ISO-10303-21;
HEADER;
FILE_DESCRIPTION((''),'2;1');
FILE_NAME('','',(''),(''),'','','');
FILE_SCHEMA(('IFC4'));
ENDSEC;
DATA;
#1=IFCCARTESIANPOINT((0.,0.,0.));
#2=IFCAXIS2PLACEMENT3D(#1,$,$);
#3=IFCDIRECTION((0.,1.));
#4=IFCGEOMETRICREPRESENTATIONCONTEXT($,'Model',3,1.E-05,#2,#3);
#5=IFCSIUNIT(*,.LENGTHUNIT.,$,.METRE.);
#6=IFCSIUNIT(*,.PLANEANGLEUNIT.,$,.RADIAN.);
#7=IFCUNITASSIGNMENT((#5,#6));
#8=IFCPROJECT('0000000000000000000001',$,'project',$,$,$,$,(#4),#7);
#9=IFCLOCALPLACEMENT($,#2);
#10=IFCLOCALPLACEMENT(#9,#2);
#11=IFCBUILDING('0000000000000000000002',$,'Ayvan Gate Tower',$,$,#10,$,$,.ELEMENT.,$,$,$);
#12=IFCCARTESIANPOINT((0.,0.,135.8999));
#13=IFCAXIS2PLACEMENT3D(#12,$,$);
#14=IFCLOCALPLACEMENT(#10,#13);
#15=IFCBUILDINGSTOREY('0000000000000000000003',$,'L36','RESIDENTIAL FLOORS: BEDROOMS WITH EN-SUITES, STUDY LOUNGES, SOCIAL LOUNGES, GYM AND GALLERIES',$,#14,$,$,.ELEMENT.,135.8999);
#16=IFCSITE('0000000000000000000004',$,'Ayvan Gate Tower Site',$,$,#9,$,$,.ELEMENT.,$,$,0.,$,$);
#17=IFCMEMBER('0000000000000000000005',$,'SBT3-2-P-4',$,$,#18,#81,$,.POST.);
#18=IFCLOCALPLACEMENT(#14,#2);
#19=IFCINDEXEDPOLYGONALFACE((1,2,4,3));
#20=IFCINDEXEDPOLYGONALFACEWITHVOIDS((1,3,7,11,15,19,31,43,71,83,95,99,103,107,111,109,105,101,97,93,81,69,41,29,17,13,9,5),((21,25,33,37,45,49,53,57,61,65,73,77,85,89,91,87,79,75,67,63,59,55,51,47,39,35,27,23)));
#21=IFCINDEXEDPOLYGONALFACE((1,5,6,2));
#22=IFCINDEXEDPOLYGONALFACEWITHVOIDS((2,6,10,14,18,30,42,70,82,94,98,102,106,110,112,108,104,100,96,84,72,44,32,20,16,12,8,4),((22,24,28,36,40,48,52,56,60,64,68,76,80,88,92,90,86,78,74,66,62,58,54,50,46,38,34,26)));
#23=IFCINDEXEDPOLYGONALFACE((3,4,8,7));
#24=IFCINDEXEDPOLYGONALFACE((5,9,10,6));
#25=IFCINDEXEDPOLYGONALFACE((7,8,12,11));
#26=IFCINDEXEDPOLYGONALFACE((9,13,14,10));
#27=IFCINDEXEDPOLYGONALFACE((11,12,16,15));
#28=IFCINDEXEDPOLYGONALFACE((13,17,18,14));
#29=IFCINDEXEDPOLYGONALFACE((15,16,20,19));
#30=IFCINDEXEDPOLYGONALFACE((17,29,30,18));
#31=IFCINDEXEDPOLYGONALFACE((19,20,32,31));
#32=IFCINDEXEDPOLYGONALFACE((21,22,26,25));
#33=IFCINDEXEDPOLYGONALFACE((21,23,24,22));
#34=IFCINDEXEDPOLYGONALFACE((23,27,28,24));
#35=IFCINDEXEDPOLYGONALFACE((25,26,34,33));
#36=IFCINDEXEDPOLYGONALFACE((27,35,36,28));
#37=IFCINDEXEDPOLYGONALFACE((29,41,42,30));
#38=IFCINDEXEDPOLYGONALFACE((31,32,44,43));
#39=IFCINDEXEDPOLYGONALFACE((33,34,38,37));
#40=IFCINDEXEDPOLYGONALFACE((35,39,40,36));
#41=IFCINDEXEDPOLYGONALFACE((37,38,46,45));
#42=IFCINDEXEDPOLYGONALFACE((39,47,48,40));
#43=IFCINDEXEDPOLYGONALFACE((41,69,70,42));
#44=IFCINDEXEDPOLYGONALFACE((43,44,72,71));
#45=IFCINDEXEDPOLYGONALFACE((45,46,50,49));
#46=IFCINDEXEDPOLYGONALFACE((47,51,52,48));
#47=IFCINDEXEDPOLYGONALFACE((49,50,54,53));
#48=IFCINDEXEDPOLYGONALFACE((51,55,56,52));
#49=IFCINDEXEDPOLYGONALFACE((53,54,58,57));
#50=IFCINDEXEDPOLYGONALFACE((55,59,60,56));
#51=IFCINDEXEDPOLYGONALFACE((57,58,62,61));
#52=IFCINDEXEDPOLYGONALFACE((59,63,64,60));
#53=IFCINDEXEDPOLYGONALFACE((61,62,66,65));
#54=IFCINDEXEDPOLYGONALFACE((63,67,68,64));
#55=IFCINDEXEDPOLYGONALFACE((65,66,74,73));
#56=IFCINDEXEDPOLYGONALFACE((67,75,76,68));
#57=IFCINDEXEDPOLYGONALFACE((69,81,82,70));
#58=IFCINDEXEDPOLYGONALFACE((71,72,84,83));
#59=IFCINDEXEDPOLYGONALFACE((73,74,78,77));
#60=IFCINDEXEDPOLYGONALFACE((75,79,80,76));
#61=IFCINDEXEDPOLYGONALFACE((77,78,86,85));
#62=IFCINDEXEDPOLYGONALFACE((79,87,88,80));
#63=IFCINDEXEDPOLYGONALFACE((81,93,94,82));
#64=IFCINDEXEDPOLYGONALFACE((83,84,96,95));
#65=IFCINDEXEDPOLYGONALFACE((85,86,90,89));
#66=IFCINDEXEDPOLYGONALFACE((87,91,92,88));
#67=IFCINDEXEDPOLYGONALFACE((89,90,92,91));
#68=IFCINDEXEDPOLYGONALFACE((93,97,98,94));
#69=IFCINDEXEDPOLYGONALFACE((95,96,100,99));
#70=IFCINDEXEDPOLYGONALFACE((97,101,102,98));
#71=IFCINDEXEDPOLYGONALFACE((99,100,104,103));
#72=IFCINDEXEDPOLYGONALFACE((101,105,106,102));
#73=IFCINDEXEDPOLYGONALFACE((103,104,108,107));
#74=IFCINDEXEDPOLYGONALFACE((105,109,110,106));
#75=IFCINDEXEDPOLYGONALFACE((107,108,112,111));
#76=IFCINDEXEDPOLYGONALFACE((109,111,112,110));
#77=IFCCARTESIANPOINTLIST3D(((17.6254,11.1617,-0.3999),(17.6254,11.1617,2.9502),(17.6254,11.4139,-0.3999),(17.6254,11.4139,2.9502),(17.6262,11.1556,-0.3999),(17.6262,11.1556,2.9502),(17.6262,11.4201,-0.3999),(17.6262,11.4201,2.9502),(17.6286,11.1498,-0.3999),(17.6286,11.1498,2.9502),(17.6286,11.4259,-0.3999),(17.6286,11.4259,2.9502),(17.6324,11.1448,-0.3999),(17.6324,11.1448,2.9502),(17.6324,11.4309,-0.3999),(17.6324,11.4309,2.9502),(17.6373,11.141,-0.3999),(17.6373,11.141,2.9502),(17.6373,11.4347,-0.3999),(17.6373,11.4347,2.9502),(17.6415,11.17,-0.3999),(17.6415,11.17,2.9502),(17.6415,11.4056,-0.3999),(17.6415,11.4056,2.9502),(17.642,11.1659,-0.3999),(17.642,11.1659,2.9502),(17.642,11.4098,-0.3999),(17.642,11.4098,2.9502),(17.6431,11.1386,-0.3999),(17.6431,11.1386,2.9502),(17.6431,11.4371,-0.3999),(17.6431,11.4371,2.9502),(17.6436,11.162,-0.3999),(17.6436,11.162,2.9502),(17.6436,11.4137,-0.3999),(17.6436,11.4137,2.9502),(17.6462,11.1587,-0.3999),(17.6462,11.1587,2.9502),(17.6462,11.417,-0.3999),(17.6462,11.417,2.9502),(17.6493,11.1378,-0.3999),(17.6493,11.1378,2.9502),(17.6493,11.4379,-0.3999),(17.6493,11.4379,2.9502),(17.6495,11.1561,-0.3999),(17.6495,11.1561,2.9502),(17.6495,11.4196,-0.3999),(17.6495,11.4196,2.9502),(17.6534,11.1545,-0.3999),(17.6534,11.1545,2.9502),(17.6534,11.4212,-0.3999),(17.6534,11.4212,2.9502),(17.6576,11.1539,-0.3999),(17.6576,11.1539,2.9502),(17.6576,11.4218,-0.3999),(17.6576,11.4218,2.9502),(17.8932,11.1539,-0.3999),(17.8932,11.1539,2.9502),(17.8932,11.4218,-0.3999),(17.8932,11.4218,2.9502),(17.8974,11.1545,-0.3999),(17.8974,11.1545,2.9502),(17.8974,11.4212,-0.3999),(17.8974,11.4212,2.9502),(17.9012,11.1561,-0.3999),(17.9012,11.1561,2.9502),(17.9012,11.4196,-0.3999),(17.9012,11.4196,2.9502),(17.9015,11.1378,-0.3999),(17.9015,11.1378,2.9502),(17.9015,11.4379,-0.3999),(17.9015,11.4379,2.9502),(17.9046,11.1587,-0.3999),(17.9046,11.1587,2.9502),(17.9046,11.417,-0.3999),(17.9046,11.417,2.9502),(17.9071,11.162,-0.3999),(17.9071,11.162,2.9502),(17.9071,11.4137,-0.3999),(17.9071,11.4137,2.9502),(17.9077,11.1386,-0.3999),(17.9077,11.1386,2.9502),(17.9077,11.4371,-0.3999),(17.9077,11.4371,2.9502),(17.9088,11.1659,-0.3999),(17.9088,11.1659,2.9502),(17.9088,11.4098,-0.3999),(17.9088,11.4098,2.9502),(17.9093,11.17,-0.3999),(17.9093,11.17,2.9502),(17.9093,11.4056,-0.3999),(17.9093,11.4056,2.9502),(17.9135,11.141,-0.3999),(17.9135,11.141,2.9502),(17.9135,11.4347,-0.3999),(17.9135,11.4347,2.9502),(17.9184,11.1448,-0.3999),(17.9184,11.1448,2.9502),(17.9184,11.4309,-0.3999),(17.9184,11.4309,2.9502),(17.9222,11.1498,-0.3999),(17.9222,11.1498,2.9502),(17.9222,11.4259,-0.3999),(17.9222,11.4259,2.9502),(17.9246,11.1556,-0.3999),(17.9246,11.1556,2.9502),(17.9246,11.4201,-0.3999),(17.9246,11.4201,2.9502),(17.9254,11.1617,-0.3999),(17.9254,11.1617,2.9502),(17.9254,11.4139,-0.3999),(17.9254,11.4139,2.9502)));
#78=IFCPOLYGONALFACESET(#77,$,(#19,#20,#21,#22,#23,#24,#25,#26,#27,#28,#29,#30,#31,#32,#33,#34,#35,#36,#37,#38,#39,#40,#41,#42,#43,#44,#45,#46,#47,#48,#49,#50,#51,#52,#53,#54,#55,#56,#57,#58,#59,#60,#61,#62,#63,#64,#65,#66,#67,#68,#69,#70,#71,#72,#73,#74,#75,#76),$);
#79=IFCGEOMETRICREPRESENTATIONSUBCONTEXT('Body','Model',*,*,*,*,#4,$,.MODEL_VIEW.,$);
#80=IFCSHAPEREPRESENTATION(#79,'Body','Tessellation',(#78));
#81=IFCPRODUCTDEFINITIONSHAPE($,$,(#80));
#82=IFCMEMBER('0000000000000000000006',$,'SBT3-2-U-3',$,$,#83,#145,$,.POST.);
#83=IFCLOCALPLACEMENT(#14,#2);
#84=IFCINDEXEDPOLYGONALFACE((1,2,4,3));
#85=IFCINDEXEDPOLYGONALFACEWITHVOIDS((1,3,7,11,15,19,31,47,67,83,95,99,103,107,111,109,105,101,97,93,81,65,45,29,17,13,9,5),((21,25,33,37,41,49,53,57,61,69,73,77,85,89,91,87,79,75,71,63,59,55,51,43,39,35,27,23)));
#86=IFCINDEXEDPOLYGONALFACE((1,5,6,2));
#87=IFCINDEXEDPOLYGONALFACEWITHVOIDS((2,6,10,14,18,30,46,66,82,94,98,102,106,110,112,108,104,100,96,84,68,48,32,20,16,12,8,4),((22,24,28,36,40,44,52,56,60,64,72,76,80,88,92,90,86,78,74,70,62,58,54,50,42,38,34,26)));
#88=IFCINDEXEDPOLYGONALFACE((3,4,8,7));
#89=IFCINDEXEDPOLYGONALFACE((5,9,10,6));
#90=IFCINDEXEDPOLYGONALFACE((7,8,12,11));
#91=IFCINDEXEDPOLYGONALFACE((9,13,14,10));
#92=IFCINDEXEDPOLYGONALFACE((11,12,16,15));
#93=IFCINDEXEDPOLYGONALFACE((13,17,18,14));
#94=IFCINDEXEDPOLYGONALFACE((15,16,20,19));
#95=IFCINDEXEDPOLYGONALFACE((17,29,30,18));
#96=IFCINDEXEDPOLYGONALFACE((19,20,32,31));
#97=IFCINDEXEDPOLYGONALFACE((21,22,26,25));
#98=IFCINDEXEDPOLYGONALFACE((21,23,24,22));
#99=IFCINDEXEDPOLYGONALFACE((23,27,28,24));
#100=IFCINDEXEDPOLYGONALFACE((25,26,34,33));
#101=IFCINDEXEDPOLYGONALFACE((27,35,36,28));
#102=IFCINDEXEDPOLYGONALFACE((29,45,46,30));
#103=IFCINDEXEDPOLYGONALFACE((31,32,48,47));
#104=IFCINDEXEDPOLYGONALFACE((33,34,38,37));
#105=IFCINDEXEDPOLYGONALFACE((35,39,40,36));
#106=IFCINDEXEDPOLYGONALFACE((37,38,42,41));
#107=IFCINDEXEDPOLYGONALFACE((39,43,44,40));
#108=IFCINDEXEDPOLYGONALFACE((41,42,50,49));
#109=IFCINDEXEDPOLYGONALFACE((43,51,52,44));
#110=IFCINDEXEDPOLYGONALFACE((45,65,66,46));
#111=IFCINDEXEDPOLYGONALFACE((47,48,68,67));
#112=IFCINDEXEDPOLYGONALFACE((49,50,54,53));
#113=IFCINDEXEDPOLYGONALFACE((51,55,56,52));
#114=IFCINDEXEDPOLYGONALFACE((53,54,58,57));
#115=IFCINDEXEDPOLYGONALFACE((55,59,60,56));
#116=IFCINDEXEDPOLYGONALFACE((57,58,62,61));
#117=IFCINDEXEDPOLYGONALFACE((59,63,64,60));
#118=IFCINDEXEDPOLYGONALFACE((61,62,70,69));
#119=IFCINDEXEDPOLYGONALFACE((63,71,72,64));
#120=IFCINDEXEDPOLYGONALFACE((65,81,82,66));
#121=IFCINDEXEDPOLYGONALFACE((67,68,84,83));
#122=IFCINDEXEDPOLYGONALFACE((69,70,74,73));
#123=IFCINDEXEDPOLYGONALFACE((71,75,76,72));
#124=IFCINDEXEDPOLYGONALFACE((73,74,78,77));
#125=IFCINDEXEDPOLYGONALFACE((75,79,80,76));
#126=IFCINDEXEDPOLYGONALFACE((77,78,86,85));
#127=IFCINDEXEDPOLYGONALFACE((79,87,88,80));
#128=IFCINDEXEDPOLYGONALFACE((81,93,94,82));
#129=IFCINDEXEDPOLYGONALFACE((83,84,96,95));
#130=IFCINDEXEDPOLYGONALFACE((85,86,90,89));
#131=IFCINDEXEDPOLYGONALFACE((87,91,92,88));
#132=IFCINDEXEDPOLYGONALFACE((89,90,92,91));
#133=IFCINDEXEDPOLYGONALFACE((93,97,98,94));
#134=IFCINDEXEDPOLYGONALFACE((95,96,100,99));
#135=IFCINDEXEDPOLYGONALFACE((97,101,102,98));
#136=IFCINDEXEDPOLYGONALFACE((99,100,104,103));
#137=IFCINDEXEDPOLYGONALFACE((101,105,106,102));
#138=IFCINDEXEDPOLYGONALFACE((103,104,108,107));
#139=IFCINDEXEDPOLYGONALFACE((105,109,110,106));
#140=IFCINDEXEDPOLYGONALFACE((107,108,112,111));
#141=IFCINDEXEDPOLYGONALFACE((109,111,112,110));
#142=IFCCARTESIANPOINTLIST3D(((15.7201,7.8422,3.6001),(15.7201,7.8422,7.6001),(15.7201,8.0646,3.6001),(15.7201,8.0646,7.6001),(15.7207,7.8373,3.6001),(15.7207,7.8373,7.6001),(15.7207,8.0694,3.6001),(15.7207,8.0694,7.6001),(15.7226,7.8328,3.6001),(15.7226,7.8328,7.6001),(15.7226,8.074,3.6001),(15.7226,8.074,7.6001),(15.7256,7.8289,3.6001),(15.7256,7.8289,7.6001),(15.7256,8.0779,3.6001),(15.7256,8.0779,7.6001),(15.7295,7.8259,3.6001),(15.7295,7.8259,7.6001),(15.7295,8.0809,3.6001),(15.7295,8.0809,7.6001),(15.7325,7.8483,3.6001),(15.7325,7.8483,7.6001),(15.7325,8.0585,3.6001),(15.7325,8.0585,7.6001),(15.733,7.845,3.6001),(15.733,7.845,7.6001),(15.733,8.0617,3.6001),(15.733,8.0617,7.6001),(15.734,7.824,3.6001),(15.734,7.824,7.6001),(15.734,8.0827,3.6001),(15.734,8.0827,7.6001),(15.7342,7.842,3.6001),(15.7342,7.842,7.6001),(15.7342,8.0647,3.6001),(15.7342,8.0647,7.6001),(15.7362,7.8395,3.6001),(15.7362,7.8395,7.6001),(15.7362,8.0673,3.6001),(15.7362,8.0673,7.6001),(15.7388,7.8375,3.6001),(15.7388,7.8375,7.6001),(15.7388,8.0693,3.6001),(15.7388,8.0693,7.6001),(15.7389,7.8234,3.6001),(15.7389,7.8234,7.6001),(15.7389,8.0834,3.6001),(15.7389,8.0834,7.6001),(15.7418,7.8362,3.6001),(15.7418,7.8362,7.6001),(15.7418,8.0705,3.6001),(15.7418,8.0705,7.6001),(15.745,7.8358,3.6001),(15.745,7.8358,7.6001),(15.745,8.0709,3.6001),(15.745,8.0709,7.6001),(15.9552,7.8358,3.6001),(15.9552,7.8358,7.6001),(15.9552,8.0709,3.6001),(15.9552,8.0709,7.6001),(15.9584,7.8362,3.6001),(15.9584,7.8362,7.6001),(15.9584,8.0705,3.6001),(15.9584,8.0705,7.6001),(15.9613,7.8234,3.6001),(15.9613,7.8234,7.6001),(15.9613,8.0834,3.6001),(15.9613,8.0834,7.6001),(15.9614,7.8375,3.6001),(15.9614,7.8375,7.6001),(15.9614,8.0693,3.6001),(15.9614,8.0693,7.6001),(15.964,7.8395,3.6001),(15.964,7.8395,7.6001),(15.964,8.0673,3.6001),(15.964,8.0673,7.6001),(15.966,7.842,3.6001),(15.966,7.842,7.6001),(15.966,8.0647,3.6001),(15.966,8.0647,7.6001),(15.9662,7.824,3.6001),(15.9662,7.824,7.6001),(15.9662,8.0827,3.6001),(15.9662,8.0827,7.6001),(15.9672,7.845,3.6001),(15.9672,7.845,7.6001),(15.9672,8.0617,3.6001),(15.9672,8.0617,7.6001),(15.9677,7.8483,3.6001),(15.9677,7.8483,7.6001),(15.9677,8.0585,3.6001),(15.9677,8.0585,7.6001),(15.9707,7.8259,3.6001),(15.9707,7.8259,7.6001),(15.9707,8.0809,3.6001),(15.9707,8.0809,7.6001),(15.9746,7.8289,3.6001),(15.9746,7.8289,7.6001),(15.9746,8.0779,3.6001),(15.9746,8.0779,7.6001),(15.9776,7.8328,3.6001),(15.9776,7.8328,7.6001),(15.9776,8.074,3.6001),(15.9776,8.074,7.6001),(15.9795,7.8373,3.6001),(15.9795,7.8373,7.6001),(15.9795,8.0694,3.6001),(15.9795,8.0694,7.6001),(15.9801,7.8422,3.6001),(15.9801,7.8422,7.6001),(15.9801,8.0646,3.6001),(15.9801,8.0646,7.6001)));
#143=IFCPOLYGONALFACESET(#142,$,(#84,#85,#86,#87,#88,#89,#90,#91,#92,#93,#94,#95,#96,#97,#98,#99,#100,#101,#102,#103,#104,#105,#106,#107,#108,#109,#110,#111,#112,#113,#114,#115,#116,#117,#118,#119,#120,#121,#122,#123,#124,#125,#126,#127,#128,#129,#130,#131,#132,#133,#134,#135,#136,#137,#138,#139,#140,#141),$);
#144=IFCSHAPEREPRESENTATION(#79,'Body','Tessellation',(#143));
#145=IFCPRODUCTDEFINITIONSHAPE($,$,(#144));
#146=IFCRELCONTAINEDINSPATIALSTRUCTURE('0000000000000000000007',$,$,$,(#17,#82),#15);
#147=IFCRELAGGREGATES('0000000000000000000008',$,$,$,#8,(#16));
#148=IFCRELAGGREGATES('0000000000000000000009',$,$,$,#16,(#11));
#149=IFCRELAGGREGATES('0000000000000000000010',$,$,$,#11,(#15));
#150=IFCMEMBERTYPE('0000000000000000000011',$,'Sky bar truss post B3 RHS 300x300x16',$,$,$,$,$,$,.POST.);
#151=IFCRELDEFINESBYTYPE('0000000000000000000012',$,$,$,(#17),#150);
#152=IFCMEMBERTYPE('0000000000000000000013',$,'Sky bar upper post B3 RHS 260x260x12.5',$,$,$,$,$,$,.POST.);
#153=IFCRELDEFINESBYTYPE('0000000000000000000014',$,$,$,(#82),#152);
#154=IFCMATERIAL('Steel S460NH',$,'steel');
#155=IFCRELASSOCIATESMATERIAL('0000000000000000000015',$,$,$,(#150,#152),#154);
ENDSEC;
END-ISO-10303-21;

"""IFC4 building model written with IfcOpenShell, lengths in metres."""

from ifc_helpers import new_model, si_unit, direction, frame, origin, origin_2d, place, context, subcontext, project, spatial, hollow_rectangle, extrude, material, material_profile, profile_set, type_object, element, save


model = new_model("IFC4")

# Units and contexts
model_context = context("Model", 3, precision=1e-05, world=origin(), true_north=direction((0.0, 1.0)))
body_context = subcontext(model_context, "Body", "Model", "MODEL_VIEW")
ifc_project = project(units=[si_unit("LENGTHUNIT", "METRE"), si_unit("PLANEANGLEUNIT", "RADIAN")], contexts=[model_context])

# Site, building, storey
site_placement = place(None, origin())
site = spatial("IfcSite", under=ifc_project, at=site_placement, Name="Ayvan Gate Tower Site", CompositionType="ELEMENT", RefElevation=0.0)
building_placement = place(site_placement, origin())
building = spatial("IfcBuilding", under=site, at=building_placement, Name="Ayvan Gate Tower", CompositionType="ELEMENT")
storey_placement = place(building_placement, frame((0.0, 0.0, 135.8999)))
storey = spatial("IfcBuildingStorey", under=building, at=storey_placement, Name="L36", Description="RESIDENTIAL FLOORS: BEDROOMS WITH EN-SUITES, STUDY LOUNGES, SOCIAL LOUNGES, GYM AND GALLERIES", CompositionType="ELEMENT", Elevation=135.8999)

# Members
ifc_material_1 = material(Name="Steel S460NH", Category="steel")
ifc_material_profile_1 = material_profile(ifc_material_1, hollow_rectangle(XDim=0.3, YDim=0.3, WallThickness=0.0161, InnerFilletRadius=0.0161, OuterFilletRadius=0.0239, at=origin_2d()), Name="RHS 300x300x16")
ifc_profile_set_1 = profile_set([ifc_material_profile_1], Name="Steel S460NH")
member_type_1 = type_object("IfcMemberType", Name="Sky bar truss post B3 RHS 300x300x16", PredefinedType="POST", material=ifc_profile_set_1)
for number, where, z_axis, x_axis, name in (
    (1, (17.7754, 11.2878, -0.3999), (0.0, 0.0, 1.0), (1.0, 0.0, 0.0), "SBT3-2-P-4"),
):
    element("IfcMember", number, at=place(storey_placement, frame(where, z_axis=z_axis, x_axis=x_axis)), inside=storey, type_object=member_type_1, Name=name, PredefinedType="POST", context=body_context, shape_type="SweptSolid", body=[
        extrude(hollow_rectangle(XDim=0.3, YDim=0.3, WallThickness=0.0161, InnerFilletRadius=0.0161, OuterFilletRadius=0.0239, at=origin_2d()), origin(), (0.0, 0.0, 1.0), 3.3501),
    ])
ifc_material_profile_2 = material_profile(ifc_material_1, hollow_rectangle(XDim=0.26, YDim=0.26, WallThickness=0.0125, InnerFilletRadius=0.0125, OuterFilletRadius=0.0188, at=origin_2d()), Name="RHS 260x260x12.5")
ifc_profile_set_2 = profile_set([ifc_material_profile_2], Name="Steel S460NH")
member_type_2 = type_object("IfcMemberType", Name="Sky bar upper post B3 RHS 260x260x12.5", PredefinedType="POST", material=ifc_profile_set_2)
for number, where, z_axis, x_axis, name in (
    (2, (15.8501, 7.9534, 3.6001), (0.0, 0.0, 1.0), (1.0, 0.0, 0.0), "SBT3-2-U-3"),
):
    element("IfcMember", number, at=place(storey_placement, frame(where, z_axis=z_axis, x_axis=x_axis)), inside=storey, type_object=member_type_2, Name=name, PredefinedType="POST", context=body_context, shape_type="SweptSolid", body=[
        extrude(hollow_rectangle(XDim=0.26, YDim=0.26, WallThickness=0.0125, InnerFilletRadius=0.0125, OuterFilletRadius=0.0188, at=origin_2d()), origin(), (0.0, 0.0, 1.0), 4.0),
    ])

save(model, "model.ifc")
